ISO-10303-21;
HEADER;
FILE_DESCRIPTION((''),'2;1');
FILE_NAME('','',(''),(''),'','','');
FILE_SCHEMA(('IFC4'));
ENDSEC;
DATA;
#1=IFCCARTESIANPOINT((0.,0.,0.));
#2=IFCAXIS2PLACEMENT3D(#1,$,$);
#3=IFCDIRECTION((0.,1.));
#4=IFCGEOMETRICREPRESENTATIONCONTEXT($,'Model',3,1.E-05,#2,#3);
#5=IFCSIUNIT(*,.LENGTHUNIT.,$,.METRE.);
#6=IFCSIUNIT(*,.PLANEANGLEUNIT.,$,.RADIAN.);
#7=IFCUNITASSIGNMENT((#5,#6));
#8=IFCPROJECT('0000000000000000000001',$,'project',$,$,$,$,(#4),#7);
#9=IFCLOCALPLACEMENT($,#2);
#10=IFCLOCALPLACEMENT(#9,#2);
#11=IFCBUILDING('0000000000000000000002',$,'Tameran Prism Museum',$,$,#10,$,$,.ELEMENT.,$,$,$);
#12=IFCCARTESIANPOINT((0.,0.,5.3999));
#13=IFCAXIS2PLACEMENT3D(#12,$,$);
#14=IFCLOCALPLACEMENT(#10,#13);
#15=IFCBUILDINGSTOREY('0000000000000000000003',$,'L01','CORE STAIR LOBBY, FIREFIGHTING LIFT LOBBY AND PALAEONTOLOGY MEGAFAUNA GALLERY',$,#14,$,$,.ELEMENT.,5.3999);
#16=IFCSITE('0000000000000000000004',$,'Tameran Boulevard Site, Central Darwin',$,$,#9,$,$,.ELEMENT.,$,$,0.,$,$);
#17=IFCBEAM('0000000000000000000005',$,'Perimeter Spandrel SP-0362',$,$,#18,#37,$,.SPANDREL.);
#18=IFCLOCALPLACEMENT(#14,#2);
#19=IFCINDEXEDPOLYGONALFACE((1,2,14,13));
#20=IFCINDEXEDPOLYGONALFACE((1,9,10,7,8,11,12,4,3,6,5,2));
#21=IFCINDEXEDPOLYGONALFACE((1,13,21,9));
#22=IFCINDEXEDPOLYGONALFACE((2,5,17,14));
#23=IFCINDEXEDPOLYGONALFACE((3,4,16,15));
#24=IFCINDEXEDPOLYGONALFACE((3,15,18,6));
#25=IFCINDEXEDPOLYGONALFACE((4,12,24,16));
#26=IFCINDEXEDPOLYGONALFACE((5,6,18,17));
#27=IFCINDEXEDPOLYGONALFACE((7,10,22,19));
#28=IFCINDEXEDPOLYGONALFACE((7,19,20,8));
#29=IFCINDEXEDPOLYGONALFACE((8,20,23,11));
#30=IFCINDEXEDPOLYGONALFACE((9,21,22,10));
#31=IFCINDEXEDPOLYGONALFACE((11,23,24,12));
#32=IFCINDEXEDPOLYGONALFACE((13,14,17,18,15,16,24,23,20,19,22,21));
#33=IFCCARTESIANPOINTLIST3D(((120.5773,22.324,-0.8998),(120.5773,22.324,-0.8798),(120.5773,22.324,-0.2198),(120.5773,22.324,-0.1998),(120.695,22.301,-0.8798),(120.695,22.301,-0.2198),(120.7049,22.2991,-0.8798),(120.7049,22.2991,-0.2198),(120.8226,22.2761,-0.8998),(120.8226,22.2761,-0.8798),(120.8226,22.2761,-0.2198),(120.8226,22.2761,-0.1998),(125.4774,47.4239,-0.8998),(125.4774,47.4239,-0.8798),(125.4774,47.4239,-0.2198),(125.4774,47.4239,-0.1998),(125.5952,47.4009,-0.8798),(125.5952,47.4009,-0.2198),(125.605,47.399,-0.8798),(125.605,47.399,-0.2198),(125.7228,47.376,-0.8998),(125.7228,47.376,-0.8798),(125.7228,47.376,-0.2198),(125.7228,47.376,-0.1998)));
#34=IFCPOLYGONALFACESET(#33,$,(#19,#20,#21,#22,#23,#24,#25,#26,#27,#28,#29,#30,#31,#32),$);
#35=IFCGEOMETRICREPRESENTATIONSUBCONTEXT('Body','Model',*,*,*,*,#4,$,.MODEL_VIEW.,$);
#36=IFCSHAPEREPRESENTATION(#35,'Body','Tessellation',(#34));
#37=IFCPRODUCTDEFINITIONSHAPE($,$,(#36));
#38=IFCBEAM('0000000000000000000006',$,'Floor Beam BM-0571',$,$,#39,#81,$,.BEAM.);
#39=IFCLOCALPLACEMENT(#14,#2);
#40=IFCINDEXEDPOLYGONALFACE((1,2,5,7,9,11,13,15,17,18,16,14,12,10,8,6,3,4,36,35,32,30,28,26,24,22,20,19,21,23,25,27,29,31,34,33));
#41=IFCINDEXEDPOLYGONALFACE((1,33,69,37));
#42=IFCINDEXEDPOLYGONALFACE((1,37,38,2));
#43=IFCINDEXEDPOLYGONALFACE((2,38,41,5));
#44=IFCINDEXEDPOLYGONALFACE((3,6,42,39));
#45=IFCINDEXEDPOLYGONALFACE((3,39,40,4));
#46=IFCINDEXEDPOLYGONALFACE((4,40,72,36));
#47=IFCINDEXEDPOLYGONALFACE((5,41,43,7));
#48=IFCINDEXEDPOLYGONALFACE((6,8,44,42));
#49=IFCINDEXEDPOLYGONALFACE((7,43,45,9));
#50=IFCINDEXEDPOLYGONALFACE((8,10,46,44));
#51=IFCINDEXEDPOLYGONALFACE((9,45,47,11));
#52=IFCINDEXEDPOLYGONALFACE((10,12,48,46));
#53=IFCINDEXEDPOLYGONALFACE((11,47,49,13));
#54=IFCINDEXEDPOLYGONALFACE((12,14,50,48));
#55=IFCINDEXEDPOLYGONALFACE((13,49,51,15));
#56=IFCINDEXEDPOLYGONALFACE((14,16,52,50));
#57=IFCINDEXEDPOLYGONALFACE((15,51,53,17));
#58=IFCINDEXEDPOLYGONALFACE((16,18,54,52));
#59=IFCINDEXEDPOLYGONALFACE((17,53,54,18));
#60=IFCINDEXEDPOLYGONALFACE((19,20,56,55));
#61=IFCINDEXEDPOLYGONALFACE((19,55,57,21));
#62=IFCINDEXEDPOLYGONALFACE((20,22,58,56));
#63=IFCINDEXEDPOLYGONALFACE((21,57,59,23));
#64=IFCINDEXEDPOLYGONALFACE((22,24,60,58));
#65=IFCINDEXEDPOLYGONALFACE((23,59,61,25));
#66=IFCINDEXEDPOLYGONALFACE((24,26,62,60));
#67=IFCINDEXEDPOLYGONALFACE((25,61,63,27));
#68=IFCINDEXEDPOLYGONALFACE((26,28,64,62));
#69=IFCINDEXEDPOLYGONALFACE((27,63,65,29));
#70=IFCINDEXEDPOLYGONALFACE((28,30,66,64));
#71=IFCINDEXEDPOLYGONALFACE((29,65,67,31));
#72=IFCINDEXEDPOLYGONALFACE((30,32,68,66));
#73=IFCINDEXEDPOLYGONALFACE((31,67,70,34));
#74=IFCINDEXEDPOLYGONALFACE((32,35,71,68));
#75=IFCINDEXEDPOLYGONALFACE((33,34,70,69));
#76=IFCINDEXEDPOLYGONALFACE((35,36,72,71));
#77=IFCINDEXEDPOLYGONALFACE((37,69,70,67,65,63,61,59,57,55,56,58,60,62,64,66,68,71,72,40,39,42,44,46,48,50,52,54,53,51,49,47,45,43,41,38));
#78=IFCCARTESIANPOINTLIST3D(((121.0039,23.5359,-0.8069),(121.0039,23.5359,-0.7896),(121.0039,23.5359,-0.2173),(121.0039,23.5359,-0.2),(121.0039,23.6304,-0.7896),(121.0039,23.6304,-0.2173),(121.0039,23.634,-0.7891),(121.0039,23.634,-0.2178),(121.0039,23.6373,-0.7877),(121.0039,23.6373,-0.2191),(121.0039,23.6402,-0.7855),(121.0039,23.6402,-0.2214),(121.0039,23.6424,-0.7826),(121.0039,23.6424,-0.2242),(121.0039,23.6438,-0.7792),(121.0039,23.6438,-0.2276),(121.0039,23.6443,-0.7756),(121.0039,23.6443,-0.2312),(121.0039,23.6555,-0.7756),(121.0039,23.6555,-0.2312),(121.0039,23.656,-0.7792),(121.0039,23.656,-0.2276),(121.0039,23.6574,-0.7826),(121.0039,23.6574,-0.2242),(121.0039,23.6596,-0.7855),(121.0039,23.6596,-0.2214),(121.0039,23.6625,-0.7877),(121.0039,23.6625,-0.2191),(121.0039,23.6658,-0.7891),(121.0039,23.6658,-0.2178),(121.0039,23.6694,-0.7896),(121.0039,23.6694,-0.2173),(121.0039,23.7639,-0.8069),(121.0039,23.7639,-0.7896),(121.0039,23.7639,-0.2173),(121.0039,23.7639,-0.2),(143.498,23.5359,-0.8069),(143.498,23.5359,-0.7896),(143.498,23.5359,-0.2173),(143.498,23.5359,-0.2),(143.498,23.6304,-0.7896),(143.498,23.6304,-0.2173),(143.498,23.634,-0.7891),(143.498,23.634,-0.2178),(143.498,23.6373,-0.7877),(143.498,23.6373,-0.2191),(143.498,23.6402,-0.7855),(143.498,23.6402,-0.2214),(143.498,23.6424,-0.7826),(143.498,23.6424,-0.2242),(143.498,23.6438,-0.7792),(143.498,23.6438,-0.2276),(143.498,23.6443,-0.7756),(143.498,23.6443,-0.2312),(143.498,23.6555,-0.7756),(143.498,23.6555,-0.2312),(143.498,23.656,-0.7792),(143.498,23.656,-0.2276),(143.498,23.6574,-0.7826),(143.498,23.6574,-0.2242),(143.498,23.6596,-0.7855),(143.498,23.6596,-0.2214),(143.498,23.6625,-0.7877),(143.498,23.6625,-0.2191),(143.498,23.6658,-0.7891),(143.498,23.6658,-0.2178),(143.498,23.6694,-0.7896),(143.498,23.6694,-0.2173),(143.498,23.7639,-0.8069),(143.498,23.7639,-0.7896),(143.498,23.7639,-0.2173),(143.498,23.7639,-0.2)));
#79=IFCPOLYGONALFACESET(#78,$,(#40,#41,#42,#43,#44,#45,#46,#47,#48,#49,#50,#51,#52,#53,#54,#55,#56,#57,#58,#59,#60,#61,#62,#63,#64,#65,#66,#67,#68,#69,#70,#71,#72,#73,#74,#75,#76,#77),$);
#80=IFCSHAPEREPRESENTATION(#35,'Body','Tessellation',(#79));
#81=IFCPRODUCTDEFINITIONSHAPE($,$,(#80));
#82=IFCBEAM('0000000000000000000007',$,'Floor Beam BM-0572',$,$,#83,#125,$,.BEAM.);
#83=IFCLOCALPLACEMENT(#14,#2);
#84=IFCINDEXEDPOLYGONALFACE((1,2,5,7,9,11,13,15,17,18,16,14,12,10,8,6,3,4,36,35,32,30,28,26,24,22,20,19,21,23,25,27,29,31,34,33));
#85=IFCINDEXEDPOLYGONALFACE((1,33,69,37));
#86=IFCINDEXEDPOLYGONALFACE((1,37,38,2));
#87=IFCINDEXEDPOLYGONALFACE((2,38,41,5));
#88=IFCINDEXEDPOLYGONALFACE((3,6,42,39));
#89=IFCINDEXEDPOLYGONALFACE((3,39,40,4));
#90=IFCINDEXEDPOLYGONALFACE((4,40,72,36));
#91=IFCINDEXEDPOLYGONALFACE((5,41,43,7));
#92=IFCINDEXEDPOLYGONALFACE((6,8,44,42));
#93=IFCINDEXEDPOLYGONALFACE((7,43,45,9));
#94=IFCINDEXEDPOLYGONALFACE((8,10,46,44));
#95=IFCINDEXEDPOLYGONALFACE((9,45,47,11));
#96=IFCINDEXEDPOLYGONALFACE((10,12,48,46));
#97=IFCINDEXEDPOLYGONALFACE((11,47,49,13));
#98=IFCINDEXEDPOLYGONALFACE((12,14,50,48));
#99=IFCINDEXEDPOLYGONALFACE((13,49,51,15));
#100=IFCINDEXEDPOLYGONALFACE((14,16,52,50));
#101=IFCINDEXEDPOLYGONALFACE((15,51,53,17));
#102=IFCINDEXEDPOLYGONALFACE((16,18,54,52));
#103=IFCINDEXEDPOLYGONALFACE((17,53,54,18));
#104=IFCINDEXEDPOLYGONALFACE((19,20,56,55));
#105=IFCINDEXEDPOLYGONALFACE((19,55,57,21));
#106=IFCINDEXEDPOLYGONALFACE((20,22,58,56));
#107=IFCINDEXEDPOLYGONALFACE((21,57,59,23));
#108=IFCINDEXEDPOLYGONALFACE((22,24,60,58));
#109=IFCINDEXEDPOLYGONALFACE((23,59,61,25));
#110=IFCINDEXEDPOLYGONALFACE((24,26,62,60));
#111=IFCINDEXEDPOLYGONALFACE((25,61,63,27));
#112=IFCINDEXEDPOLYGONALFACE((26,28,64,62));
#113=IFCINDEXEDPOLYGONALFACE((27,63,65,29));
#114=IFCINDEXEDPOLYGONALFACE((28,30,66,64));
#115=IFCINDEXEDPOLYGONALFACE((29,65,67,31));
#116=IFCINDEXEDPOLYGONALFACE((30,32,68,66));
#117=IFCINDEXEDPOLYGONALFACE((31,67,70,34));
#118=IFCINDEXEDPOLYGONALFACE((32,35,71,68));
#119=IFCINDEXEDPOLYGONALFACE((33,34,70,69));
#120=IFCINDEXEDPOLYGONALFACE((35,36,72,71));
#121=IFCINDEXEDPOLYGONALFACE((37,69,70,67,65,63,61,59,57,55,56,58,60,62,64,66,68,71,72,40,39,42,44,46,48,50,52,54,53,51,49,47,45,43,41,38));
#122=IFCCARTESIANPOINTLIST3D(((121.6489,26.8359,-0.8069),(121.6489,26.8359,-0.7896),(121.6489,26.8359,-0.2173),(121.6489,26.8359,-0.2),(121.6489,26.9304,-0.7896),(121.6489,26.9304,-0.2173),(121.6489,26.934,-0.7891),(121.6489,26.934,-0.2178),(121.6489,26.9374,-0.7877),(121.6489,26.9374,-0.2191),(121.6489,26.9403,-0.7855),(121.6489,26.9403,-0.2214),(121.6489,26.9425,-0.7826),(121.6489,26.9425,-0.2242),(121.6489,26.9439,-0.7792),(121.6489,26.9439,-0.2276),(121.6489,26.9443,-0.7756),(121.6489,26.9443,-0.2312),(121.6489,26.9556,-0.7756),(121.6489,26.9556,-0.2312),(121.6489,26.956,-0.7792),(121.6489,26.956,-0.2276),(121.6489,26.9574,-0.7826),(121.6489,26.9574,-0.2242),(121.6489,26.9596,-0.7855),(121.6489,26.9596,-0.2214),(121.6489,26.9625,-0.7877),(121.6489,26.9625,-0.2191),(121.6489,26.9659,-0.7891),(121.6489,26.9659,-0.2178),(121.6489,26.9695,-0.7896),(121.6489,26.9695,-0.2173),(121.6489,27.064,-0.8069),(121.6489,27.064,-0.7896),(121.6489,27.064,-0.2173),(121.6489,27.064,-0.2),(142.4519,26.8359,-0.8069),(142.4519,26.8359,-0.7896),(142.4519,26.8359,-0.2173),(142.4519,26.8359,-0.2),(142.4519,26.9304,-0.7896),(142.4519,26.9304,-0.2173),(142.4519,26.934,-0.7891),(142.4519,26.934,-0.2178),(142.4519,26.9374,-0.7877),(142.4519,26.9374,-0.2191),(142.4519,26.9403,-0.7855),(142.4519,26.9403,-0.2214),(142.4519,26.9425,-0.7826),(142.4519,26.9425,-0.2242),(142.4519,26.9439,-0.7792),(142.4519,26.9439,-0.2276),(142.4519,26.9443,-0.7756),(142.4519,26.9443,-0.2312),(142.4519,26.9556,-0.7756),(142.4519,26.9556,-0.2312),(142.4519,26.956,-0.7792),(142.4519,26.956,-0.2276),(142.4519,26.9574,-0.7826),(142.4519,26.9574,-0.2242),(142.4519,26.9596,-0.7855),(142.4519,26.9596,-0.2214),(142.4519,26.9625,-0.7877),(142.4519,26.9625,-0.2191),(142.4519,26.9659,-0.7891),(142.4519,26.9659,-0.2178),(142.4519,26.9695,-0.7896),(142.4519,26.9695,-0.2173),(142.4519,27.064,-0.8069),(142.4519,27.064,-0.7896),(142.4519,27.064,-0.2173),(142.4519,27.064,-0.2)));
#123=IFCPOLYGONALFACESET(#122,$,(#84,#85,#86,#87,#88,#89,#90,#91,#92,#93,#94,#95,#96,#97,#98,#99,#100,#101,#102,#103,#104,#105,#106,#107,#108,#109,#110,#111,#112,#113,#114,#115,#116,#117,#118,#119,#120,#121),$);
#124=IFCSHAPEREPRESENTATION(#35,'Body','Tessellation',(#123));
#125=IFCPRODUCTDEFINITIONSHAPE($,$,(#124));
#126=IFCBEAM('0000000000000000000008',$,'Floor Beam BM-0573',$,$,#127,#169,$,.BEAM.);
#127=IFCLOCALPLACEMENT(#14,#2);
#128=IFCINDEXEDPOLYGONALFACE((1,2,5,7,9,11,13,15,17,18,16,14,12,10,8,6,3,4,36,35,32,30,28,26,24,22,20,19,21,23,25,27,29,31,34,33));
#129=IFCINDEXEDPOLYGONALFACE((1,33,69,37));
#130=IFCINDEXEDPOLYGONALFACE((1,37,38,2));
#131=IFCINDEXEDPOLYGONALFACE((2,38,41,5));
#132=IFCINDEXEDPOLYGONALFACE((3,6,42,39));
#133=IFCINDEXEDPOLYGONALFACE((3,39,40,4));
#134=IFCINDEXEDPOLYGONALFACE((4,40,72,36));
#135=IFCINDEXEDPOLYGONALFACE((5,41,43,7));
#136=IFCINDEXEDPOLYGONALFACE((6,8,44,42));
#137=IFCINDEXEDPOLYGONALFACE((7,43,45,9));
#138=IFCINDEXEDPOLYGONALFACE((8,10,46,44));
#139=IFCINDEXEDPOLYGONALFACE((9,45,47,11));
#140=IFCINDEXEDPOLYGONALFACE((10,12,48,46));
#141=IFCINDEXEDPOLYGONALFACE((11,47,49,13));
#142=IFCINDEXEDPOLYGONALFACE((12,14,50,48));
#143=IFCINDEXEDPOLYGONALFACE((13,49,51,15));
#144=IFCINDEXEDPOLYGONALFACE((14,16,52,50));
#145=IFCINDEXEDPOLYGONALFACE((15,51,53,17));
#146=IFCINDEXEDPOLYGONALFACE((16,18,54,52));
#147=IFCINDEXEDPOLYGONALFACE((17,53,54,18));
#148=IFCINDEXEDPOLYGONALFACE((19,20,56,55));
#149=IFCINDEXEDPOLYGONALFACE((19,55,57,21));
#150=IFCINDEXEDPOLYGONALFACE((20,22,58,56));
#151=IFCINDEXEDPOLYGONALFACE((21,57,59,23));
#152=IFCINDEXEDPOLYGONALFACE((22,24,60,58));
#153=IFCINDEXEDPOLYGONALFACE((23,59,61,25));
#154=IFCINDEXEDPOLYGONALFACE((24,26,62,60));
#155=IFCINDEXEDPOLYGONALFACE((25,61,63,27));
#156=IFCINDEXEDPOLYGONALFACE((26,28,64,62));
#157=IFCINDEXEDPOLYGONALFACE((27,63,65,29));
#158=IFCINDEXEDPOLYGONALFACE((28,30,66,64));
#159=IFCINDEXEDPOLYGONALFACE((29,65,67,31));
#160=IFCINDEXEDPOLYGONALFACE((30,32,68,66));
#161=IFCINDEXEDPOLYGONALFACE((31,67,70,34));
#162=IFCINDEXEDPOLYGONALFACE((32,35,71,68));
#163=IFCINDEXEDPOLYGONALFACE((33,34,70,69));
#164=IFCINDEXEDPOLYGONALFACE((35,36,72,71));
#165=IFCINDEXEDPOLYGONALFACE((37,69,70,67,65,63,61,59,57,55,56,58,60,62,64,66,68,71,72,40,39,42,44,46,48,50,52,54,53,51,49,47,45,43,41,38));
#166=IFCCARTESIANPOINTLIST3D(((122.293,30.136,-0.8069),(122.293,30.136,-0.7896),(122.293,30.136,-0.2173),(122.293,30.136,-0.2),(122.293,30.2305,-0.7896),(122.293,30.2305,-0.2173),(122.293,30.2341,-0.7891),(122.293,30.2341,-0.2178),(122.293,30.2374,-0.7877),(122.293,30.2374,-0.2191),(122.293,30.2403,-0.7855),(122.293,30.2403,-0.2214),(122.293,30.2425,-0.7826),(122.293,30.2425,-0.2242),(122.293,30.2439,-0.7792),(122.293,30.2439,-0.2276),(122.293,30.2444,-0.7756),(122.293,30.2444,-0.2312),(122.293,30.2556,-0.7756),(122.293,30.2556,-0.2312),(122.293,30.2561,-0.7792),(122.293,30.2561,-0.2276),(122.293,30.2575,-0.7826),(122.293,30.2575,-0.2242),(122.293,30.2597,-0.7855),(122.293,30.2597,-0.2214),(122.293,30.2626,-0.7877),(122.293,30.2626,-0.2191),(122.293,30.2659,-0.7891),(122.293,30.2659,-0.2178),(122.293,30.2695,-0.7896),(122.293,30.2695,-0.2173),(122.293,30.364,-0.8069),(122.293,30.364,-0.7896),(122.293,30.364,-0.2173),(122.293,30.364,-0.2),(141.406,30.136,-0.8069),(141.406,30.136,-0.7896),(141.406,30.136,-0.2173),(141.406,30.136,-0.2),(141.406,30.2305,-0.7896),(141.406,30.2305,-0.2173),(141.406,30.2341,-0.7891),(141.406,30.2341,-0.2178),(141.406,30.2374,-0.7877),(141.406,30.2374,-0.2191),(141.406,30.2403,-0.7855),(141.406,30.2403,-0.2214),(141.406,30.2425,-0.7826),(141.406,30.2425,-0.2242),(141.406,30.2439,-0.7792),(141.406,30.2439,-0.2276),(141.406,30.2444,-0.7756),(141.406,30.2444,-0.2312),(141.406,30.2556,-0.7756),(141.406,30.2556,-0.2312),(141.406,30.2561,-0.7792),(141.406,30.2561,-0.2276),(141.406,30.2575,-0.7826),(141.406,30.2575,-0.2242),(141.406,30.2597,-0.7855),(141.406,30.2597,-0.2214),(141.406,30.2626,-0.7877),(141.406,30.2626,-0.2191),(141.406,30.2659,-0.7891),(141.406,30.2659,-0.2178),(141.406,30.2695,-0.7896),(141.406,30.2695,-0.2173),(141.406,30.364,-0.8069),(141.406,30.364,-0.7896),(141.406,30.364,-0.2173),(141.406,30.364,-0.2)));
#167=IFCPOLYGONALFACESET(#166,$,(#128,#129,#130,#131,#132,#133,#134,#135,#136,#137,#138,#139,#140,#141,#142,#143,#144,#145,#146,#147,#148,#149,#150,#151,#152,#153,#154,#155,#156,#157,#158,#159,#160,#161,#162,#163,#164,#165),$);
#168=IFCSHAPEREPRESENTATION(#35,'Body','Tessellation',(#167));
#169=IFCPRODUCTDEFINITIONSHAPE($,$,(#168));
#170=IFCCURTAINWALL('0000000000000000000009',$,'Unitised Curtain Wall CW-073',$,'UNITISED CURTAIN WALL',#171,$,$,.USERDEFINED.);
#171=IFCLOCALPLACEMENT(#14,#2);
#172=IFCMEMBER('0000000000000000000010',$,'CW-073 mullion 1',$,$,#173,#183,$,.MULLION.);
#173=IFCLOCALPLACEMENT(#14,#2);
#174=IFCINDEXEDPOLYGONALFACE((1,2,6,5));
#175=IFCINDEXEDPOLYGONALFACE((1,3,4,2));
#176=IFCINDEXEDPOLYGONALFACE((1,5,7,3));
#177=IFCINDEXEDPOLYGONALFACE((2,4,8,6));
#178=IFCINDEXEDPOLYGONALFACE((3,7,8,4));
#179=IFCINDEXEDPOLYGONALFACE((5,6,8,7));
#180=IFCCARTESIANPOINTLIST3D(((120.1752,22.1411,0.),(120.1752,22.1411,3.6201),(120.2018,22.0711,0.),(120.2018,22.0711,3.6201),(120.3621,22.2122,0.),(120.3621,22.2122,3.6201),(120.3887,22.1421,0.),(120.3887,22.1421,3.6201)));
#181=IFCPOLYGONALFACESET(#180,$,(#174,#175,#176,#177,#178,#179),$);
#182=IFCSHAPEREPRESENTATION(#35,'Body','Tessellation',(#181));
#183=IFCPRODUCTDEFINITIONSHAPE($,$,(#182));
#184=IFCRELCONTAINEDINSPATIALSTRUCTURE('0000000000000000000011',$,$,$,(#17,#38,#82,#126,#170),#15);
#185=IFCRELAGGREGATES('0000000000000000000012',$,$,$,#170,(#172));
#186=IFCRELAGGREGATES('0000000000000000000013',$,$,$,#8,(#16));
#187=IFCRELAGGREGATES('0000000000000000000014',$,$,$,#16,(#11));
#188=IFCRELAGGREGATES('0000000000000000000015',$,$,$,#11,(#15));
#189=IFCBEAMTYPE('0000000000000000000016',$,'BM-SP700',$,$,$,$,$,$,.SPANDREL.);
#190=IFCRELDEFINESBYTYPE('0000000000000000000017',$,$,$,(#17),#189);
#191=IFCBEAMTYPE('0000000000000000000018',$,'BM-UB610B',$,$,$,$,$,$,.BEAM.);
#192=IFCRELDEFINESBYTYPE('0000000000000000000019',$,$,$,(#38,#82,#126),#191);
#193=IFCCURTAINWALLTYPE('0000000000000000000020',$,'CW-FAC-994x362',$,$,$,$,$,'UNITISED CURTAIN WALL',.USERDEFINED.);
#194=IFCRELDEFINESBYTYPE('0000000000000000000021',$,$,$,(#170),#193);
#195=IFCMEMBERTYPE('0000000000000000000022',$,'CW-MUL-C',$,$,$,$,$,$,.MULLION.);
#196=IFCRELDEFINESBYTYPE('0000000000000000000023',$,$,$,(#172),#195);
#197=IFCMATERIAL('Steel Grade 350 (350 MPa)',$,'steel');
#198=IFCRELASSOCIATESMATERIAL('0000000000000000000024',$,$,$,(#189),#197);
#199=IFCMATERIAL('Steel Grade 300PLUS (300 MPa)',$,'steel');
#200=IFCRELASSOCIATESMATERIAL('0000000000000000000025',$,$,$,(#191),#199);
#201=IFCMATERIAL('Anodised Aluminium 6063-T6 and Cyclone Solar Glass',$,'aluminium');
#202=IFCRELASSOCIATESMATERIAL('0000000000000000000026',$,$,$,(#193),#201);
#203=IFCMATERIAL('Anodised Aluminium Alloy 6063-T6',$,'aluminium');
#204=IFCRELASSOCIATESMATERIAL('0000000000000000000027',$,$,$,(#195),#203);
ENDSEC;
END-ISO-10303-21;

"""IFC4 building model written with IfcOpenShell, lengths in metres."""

from ifc_helpers import new_model, si_unit, direction, frame, origin, origin_2d, place, context, subcontext, project, spatial, rectangle, i_section, extrude, material, material_profile, profile_set, type_object, element, aggregate, save


model = new_model("IFC4")

# Units and contexts
model_context = context("Model", 3, precision=1e-05, world=origin(), true_north=direction((0.0, 1.0)))
body_context = subcontext(model_context, "Body", "Model", "MODEL_VIEW")
ifc_project = project(units=[si_unit("LENGTHUNIT", "METRE"), si_unit("PLANEANGLEUNIT", "RADIAN")], contexts=[model_context])

# Site, building, storey
site_placement = place(None, origin())
site = spatial("IfcSite", under=ifc_project, at=site_placement, Name="Tameran Boulevard Site, Central Darwin", CompositionType="ELEMENT", RefElevation=0.0)
building_placement = place(site_placement, origin())
building = spatial("IfcBuilding", under=site, at=building_placement, Name="Tameran Prism Museum", CompositionType="ELEMENT")
storey_placement = place(building_placement, frame((0.0, 0.0, 5.3999)))
storey = spatial("IfcBuildingStorey", under=building, at=storey_placement, Name="L01", Description="CORE STAIR LOBBY, FIREFIGHTING LIFT LOBBY AND PALAEONTOLOGY MEGAFAUNA GALLERY", CompositionType="ELEMENT", Elevation=5.3999)

# Beams
ifc_material_1 = material(Name="Steel Grade 350 (350 MPa)", Category="steel")
ifc_material_profile_1 = material_profile(ifc_material_1, i_section(OverallWidth=0.25, OverallDepth=0.7, WebThickness=0.01, FlangeThickness=0.02, at=origin_2d()))
ifc_profile_set_1 = profile_set([ifc_material_profile_1])
beam_type_1 = type_object("IfcBeamType", Name="BM-SP700", PredefinedType="SPANDREL", material=ifc_profile_set_1)
beam_1_placement = place(storey_placement, frame((120.7, 22.3, -0.5498), z_axis=(0.191609, 0.981471, 0.0), x_axis=(-0.981471, 0.191609, 0.0)))
element("IfcBeam", 1, at=beam_1_placement, inside=storey, type_object=beam_type_1, Name="Perimeter Spandrel SP-0362", PredefinedType="SPANDREL", context=body_context, shape_type="SweptSolid", body=[
    extrude(i_section(OverallWidth=0.25, OverallDepth=0.7, WebThickness=0.01, FlangeThickness=0.02, at=origin_2d()), origin(), (0.0, 0.0, 1.0), 25.5737),
])
ifc_material_2 = material(Name="Steel Grade 300PLUS (300 MPa)", Category="steel")
ifc_material_profile_2 = material_profile(ifc_material_2, i_section(OverallWidth=0.228, OverallDepth=0.6069, WebThickness=0.0112, FlangeThickness=0.0173, FilletRadius=0.0139, at=origin_2d()))
ifc_profile_set_2 = profile_set([ifc_material_profile_2])
beam_type_2 = type_object("IfcBeamType", Name="BM-UB610B", PredefinedType="BEAM", material=ifc_profile_set_2)
beam_2_placement = place(storey_placement, frame((121.0039, 23.6499, -0.5034), z_axis=(1.0, 0.0, 0.0), x_axis=(0.0, 1.0, 0.0)))
element("IfcBeam", 2, at=beam_2_placement, inside=storey, type_object=beam_type_2, Name="Floor Beam BM-0571", PredefinedType="BEAM", context=body_context, shape_type="SweptSolid", body=[
    extrude(i_section(OverallWidth=0.228, OverallDepth=0.6069, WebThickness=0.0112, FlangeThickness=0.0173, FilletRadius=0.0139, at=origin_2d()), origin(), (0.0, 0.0, 1.0), 22.4941),
])
beam_3_placement = place(storey_placement, frame((121.6489, 26.95, -0.5034), z_axis=(1.0, 0.0, 0.0), x_axis=(0.0, 1.0, 0.0)))
element("IfcBeam", 3, at=beam_3_placement, inside=storey, type_object=beam_type_2, Name="Floor Beam BM-0572", PredefinedType="BEAM", context=body_context, shape_type="SweptSolid", body=[
    extrude(i_section(OverallWidth=0.228, OverallDepth=0.6069, WebThickness=0.0112, FlangeThickness=0.0173, FilletRadius=0.0139, at=origin_2d()), origin(), (0.0, 0.0, 1.0), 20.803),
])
beam_4_placement = place(storey_placement, frame((122.293, 30.25, -0.5034), z_axis=(1.0, 0.0, 0.0), x_axis=(0.0, 1.0, 0.0)))
element("IfcBeam", 4, at=beam_4_placement, inside=storey, type_object=beam_type_2, Name="Floor Beam BM-0573", PredefinedType="BEAM", context=body_context, shape_type="SweptSolid", body=[
    extrude(i_section(OverallWidth=0.228, OverallDepth=0.6069, WebThickness=0.0112, FlangeThickness=0.0173, FilletRadius=0.0139, at=origin_2d()), origin(), (0.0, 0.0, 1.0), 19.113),
])

# Curtain wall, member
ifc_material_3 = material(Name="Anodised Aluminium 6063-T6 and Cyclone Solar Glass", Category="aluminium")
curtain_wall_type = type_object("IfcCurtainWallType", Name="CW-FAC-994x362", ElementType="UNITISED CURTAIN WALL", PredefinedType="USERDEFINED", material=ifc_material_3)
curtain_wall_placement = place(storey_placement, origin())
curtain_wall = element("IfcCurtainWall", 5, at=curtain_wall_placement, inside=storey, type_object=curtain_wall_type, Name="Unitised Curtain Wall CW-073", ObjectType="UNITISED CURTAIN WALL", PredefinedType="USERDEFINED")
ifc_material_4 = material(Name="Anodised Aluminium Alloy 6063-T6", Category="aluminium")
ifc_material_profile_3 = material_profile(ifc_material_4, rectangle(XDim=0.075, YDim=0.2, at=origin_2d()))
ifc_profile_set_3 = profile_set([ifc_material_profile_3])
member_type_1 = type_object("IfcMemberType", Name="CW-MUL-C", PredefinedType="MULLION", material=ifc_profile_set_3)
member_1_placement = place(storey_placement, frame((120.282, 22.1416, 0.0), z_axis=(0.0, 0.0, 1.0), x_axis=(0.355288, -0.934757, 0.0)))
member_1 = element("IfcMember", 6, at=member_1_placement, type_object=member_type_1, Name="CW-073 mullion 1", PredefinedType="MULLION", context=body_context, shape_type="SweptSolid", body=[
    extrude(rectangle(XDim=0.075, YDim=0.2, at=origin_2d()), origin(), (0.0, 0.0, 1.0), 3.6201),
])
aggregate(curtain_wall, [member_1])

save(model, "model.ifc")
